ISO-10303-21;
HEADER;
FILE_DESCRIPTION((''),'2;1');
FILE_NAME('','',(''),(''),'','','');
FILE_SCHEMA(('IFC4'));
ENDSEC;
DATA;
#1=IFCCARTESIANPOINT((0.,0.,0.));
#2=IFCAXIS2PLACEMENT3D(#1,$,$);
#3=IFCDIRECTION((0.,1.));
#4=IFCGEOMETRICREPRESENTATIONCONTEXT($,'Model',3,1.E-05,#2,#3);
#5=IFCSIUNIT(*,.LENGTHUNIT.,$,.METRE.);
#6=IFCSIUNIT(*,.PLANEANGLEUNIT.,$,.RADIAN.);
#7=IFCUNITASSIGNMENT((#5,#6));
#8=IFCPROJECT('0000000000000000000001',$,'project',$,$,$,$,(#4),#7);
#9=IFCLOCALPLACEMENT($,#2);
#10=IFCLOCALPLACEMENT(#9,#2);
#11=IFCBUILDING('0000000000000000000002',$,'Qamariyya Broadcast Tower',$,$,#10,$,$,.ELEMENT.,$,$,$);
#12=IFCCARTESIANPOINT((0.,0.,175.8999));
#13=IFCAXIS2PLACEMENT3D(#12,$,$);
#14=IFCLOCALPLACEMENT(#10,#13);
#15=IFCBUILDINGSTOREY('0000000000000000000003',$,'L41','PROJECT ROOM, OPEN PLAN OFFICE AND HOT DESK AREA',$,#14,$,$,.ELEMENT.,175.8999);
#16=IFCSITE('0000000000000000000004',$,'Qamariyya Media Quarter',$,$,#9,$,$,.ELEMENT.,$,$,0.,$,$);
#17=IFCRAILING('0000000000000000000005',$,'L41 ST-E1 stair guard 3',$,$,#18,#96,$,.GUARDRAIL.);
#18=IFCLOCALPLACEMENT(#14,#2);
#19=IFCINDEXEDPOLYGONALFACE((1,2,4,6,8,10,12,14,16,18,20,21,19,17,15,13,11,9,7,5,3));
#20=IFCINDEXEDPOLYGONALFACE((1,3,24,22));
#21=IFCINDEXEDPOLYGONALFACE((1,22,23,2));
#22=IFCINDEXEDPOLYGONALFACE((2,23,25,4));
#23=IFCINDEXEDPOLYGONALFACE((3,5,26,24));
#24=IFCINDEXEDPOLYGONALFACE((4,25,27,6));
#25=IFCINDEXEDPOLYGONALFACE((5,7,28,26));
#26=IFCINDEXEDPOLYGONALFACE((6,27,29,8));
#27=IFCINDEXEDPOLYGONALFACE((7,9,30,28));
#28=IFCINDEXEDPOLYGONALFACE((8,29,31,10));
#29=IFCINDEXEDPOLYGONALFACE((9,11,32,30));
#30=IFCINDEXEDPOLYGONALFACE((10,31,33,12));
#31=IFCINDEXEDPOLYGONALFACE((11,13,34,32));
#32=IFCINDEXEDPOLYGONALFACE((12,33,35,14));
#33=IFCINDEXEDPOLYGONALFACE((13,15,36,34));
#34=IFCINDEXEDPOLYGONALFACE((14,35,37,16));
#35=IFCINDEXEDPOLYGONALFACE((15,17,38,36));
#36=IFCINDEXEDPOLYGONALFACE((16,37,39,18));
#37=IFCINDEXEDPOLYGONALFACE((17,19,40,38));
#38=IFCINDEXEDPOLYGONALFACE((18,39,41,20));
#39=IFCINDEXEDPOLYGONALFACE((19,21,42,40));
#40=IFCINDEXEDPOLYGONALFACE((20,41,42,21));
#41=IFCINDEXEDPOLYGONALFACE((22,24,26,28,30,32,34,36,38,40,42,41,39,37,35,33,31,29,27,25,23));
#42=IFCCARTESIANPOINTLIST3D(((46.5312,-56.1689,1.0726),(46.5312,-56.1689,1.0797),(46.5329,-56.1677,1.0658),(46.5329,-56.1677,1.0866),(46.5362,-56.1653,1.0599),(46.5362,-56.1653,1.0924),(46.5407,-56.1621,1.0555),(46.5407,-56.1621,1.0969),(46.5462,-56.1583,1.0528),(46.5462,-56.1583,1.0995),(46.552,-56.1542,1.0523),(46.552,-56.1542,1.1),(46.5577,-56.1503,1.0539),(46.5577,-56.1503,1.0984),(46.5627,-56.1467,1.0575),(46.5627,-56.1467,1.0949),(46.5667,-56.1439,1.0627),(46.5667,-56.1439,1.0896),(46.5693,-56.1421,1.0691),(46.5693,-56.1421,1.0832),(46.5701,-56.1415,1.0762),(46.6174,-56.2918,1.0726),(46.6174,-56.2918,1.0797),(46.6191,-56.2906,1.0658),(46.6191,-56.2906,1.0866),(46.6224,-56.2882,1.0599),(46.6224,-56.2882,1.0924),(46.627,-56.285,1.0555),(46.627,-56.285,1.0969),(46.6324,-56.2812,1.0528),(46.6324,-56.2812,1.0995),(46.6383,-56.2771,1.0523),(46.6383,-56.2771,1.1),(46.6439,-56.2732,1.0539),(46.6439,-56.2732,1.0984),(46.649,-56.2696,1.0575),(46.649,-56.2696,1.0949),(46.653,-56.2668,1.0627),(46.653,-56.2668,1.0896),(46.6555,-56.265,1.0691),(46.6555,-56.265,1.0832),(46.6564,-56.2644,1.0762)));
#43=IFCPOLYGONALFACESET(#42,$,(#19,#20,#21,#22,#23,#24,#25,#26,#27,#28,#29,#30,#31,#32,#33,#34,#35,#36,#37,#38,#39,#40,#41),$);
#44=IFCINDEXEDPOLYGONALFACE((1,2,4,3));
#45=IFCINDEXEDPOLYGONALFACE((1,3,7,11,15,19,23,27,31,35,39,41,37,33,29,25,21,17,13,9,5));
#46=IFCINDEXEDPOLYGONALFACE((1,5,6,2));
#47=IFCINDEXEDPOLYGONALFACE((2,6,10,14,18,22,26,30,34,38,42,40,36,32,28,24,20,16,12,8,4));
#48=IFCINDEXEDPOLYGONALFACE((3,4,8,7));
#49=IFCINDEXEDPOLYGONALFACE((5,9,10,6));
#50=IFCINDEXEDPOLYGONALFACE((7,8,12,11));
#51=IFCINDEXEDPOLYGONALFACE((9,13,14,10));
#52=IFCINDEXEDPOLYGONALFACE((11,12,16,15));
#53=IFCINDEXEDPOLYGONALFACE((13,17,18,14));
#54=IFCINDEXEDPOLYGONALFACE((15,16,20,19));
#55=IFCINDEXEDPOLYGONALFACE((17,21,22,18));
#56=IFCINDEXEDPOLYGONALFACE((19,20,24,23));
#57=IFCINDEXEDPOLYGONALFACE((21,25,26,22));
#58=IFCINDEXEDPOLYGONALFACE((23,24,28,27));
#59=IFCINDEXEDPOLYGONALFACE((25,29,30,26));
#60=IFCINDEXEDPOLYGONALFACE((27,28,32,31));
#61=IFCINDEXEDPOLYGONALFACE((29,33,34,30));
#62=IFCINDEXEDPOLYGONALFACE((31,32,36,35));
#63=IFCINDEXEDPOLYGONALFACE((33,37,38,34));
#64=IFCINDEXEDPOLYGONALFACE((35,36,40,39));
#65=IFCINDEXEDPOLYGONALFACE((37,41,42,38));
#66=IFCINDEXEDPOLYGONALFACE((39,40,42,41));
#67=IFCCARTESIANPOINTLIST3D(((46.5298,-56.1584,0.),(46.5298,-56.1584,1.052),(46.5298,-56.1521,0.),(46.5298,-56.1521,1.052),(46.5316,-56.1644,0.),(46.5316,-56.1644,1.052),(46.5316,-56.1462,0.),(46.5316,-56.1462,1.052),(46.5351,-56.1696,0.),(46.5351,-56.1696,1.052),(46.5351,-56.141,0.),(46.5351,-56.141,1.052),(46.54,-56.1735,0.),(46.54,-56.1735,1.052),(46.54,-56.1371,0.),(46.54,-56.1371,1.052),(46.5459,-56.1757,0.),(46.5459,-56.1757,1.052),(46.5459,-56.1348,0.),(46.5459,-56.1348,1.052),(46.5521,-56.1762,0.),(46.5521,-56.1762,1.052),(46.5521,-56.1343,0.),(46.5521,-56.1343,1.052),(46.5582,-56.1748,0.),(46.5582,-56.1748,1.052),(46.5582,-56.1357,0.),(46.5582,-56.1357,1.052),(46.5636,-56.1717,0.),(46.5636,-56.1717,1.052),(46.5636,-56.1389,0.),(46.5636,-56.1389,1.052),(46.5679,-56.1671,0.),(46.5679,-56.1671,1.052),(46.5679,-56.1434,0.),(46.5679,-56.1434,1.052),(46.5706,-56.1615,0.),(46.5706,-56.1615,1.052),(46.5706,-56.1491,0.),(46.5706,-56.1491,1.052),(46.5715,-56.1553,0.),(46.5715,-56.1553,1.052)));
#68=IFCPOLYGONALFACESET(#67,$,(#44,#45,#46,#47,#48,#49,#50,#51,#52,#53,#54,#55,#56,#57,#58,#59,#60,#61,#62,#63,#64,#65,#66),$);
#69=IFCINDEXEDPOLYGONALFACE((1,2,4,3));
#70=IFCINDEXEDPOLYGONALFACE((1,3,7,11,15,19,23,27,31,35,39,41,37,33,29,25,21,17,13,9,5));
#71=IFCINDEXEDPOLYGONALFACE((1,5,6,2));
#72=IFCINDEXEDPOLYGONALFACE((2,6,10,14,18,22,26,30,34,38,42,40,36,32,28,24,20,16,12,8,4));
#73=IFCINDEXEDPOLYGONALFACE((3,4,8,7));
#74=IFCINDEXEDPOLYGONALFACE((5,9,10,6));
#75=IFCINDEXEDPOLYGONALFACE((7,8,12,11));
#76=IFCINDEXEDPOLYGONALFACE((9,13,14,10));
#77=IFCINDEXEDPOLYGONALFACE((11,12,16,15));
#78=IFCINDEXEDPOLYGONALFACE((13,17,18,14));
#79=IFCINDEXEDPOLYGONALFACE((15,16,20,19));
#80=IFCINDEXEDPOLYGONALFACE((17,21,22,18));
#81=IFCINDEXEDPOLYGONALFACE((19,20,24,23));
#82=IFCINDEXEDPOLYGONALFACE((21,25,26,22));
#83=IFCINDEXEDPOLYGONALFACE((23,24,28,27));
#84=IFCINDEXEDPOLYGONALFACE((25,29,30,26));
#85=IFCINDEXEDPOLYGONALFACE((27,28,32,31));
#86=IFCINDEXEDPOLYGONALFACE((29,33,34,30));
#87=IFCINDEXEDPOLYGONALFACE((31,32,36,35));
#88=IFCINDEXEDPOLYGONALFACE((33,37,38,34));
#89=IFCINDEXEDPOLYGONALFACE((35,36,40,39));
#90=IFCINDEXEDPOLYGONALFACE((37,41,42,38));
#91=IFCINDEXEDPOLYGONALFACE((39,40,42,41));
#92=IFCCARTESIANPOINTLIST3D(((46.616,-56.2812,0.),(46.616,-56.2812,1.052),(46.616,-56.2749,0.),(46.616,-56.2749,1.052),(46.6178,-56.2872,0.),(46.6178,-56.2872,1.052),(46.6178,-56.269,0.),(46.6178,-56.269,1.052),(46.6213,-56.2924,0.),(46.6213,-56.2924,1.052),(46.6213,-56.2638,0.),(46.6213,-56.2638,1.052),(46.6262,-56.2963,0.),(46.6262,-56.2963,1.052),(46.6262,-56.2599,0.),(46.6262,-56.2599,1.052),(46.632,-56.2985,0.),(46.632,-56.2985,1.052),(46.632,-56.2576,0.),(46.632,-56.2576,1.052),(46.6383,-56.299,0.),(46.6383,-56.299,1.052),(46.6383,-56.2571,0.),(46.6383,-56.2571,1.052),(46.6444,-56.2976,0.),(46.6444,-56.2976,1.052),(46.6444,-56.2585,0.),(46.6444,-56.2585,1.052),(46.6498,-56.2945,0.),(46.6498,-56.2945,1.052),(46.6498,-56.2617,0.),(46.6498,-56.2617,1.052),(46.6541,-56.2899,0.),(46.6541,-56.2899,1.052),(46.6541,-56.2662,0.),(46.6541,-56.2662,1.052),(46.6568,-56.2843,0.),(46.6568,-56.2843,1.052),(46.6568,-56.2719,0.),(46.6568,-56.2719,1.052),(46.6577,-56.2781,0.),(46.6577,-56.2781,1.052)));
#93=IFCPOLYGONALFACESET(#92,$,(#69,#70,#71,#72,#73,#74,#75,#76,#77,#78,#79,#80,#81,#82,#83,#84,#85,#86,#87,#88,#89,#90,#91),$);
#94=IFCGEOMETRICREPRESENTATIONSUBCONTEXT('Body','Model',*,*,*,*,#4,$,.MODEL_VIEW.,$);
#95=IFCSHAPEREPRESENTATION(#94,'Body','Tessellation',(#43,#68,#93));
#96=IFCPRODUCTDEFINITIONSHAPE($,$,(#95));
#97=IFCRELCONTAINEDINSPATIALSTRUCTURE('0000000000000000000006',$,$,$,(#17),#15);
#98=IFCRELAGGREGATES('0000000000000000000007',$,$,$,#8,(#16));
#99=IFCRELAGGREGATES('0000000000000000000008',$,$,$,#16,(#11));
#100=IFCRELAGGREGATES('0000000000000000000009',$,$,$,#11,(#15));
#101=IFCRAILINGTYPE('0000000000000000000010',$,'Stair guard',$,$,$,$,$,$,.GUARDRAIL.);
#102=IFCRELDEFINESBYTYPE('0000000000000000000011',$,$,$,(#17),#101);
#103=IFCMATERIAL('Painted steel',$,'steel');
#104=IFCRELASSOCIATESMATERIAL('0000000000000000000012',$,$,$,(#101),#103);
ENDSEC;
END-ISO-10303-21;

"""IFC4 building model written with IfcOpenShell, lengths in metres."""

from ifc_helpers import new_model, si_unit, direction, frame, origin, origin_2d, place, context, subcontext, project, spatial, circle, extrude, material, type_object, element, save


model = new_model("IFC4")

# Units and contexts
model_context = context("Model", 3, precision=1e-05, world=origin(), true_north=direction((0.0, 1.0)))
body_context = subcontext(model_context, "Body", "Model", "MODEL_VIEW")
ifc_project = project(units=[si_unit("LENGTHUNIT", "METRE"), si_unit("PLANEANGLEUNIT", "RADIAN")], contexts=[model_context])

# Site, building, storey
site_placement = place(None, origin())
site = spatial("IfcSite", under=ifc_project, at=site_placement, Name="Qamariyya Media Quarter", CompositionType="ELEMENT", RefElevation=0.0)
building_placement = place(site_placement, origin())
building = spatial("IfcBuilding", under=site, at=building_placement, Name="Qamariyya Broadcast Tower", CompositionType="ELEMENT")
storey_placement = place(building_placement, frame((0.0, 0.0, 175.8999)))
storey = spatial("IfcBuildingStorey", under=building, at=storey_placement, Name="L41", Description="PROJECT ROOM, OPEN PLAN OFFICE AND HOT DESK AREA", CompositionType="ELEMENT", Elevation=175.8999)

# Railing
ifc_material_1 = material(Name="Painted steel", Category="steel")
railing_type_1 = type_object("IfcRailingType", Name="Stair guard", PredefinedType="GUARDRAIL", material=ifc_material_1)
railing_1_placement = place(storey_placement, frame((46.5505, -56.1553, 0.0)))
element("IfcRailing", 1, at=railing_1_placement, inside=storey, type_object=railing_type_1, Name="L41 ST-E1 stair guard 3", PredefinedType="GUARDRAIL", context=body_context, shape_type="SweptSolid", body=[
    extrude(circle(Radius=0.0239, at=origin_2d()), frame((0.0, 0.0, 1.0762), z_axis=(0.574445, -0.818543, 0.0), x_axis=(0.818543, 0.574445, 0.0)), (0.0, 0.0, 1.0), 0.1501),
    extrude(circle(Radius=0.021, at=origin_2d()), origin(), (0.0, 0.0, 1.0), 1.052),
    extrude(circle(Radius=0.021, at=origin_2d()), frame((0.0862, -0.1228, 0.0)), (0.0, 0.0, 1.0), 1.052),
])

save(model, "model.ifc")
